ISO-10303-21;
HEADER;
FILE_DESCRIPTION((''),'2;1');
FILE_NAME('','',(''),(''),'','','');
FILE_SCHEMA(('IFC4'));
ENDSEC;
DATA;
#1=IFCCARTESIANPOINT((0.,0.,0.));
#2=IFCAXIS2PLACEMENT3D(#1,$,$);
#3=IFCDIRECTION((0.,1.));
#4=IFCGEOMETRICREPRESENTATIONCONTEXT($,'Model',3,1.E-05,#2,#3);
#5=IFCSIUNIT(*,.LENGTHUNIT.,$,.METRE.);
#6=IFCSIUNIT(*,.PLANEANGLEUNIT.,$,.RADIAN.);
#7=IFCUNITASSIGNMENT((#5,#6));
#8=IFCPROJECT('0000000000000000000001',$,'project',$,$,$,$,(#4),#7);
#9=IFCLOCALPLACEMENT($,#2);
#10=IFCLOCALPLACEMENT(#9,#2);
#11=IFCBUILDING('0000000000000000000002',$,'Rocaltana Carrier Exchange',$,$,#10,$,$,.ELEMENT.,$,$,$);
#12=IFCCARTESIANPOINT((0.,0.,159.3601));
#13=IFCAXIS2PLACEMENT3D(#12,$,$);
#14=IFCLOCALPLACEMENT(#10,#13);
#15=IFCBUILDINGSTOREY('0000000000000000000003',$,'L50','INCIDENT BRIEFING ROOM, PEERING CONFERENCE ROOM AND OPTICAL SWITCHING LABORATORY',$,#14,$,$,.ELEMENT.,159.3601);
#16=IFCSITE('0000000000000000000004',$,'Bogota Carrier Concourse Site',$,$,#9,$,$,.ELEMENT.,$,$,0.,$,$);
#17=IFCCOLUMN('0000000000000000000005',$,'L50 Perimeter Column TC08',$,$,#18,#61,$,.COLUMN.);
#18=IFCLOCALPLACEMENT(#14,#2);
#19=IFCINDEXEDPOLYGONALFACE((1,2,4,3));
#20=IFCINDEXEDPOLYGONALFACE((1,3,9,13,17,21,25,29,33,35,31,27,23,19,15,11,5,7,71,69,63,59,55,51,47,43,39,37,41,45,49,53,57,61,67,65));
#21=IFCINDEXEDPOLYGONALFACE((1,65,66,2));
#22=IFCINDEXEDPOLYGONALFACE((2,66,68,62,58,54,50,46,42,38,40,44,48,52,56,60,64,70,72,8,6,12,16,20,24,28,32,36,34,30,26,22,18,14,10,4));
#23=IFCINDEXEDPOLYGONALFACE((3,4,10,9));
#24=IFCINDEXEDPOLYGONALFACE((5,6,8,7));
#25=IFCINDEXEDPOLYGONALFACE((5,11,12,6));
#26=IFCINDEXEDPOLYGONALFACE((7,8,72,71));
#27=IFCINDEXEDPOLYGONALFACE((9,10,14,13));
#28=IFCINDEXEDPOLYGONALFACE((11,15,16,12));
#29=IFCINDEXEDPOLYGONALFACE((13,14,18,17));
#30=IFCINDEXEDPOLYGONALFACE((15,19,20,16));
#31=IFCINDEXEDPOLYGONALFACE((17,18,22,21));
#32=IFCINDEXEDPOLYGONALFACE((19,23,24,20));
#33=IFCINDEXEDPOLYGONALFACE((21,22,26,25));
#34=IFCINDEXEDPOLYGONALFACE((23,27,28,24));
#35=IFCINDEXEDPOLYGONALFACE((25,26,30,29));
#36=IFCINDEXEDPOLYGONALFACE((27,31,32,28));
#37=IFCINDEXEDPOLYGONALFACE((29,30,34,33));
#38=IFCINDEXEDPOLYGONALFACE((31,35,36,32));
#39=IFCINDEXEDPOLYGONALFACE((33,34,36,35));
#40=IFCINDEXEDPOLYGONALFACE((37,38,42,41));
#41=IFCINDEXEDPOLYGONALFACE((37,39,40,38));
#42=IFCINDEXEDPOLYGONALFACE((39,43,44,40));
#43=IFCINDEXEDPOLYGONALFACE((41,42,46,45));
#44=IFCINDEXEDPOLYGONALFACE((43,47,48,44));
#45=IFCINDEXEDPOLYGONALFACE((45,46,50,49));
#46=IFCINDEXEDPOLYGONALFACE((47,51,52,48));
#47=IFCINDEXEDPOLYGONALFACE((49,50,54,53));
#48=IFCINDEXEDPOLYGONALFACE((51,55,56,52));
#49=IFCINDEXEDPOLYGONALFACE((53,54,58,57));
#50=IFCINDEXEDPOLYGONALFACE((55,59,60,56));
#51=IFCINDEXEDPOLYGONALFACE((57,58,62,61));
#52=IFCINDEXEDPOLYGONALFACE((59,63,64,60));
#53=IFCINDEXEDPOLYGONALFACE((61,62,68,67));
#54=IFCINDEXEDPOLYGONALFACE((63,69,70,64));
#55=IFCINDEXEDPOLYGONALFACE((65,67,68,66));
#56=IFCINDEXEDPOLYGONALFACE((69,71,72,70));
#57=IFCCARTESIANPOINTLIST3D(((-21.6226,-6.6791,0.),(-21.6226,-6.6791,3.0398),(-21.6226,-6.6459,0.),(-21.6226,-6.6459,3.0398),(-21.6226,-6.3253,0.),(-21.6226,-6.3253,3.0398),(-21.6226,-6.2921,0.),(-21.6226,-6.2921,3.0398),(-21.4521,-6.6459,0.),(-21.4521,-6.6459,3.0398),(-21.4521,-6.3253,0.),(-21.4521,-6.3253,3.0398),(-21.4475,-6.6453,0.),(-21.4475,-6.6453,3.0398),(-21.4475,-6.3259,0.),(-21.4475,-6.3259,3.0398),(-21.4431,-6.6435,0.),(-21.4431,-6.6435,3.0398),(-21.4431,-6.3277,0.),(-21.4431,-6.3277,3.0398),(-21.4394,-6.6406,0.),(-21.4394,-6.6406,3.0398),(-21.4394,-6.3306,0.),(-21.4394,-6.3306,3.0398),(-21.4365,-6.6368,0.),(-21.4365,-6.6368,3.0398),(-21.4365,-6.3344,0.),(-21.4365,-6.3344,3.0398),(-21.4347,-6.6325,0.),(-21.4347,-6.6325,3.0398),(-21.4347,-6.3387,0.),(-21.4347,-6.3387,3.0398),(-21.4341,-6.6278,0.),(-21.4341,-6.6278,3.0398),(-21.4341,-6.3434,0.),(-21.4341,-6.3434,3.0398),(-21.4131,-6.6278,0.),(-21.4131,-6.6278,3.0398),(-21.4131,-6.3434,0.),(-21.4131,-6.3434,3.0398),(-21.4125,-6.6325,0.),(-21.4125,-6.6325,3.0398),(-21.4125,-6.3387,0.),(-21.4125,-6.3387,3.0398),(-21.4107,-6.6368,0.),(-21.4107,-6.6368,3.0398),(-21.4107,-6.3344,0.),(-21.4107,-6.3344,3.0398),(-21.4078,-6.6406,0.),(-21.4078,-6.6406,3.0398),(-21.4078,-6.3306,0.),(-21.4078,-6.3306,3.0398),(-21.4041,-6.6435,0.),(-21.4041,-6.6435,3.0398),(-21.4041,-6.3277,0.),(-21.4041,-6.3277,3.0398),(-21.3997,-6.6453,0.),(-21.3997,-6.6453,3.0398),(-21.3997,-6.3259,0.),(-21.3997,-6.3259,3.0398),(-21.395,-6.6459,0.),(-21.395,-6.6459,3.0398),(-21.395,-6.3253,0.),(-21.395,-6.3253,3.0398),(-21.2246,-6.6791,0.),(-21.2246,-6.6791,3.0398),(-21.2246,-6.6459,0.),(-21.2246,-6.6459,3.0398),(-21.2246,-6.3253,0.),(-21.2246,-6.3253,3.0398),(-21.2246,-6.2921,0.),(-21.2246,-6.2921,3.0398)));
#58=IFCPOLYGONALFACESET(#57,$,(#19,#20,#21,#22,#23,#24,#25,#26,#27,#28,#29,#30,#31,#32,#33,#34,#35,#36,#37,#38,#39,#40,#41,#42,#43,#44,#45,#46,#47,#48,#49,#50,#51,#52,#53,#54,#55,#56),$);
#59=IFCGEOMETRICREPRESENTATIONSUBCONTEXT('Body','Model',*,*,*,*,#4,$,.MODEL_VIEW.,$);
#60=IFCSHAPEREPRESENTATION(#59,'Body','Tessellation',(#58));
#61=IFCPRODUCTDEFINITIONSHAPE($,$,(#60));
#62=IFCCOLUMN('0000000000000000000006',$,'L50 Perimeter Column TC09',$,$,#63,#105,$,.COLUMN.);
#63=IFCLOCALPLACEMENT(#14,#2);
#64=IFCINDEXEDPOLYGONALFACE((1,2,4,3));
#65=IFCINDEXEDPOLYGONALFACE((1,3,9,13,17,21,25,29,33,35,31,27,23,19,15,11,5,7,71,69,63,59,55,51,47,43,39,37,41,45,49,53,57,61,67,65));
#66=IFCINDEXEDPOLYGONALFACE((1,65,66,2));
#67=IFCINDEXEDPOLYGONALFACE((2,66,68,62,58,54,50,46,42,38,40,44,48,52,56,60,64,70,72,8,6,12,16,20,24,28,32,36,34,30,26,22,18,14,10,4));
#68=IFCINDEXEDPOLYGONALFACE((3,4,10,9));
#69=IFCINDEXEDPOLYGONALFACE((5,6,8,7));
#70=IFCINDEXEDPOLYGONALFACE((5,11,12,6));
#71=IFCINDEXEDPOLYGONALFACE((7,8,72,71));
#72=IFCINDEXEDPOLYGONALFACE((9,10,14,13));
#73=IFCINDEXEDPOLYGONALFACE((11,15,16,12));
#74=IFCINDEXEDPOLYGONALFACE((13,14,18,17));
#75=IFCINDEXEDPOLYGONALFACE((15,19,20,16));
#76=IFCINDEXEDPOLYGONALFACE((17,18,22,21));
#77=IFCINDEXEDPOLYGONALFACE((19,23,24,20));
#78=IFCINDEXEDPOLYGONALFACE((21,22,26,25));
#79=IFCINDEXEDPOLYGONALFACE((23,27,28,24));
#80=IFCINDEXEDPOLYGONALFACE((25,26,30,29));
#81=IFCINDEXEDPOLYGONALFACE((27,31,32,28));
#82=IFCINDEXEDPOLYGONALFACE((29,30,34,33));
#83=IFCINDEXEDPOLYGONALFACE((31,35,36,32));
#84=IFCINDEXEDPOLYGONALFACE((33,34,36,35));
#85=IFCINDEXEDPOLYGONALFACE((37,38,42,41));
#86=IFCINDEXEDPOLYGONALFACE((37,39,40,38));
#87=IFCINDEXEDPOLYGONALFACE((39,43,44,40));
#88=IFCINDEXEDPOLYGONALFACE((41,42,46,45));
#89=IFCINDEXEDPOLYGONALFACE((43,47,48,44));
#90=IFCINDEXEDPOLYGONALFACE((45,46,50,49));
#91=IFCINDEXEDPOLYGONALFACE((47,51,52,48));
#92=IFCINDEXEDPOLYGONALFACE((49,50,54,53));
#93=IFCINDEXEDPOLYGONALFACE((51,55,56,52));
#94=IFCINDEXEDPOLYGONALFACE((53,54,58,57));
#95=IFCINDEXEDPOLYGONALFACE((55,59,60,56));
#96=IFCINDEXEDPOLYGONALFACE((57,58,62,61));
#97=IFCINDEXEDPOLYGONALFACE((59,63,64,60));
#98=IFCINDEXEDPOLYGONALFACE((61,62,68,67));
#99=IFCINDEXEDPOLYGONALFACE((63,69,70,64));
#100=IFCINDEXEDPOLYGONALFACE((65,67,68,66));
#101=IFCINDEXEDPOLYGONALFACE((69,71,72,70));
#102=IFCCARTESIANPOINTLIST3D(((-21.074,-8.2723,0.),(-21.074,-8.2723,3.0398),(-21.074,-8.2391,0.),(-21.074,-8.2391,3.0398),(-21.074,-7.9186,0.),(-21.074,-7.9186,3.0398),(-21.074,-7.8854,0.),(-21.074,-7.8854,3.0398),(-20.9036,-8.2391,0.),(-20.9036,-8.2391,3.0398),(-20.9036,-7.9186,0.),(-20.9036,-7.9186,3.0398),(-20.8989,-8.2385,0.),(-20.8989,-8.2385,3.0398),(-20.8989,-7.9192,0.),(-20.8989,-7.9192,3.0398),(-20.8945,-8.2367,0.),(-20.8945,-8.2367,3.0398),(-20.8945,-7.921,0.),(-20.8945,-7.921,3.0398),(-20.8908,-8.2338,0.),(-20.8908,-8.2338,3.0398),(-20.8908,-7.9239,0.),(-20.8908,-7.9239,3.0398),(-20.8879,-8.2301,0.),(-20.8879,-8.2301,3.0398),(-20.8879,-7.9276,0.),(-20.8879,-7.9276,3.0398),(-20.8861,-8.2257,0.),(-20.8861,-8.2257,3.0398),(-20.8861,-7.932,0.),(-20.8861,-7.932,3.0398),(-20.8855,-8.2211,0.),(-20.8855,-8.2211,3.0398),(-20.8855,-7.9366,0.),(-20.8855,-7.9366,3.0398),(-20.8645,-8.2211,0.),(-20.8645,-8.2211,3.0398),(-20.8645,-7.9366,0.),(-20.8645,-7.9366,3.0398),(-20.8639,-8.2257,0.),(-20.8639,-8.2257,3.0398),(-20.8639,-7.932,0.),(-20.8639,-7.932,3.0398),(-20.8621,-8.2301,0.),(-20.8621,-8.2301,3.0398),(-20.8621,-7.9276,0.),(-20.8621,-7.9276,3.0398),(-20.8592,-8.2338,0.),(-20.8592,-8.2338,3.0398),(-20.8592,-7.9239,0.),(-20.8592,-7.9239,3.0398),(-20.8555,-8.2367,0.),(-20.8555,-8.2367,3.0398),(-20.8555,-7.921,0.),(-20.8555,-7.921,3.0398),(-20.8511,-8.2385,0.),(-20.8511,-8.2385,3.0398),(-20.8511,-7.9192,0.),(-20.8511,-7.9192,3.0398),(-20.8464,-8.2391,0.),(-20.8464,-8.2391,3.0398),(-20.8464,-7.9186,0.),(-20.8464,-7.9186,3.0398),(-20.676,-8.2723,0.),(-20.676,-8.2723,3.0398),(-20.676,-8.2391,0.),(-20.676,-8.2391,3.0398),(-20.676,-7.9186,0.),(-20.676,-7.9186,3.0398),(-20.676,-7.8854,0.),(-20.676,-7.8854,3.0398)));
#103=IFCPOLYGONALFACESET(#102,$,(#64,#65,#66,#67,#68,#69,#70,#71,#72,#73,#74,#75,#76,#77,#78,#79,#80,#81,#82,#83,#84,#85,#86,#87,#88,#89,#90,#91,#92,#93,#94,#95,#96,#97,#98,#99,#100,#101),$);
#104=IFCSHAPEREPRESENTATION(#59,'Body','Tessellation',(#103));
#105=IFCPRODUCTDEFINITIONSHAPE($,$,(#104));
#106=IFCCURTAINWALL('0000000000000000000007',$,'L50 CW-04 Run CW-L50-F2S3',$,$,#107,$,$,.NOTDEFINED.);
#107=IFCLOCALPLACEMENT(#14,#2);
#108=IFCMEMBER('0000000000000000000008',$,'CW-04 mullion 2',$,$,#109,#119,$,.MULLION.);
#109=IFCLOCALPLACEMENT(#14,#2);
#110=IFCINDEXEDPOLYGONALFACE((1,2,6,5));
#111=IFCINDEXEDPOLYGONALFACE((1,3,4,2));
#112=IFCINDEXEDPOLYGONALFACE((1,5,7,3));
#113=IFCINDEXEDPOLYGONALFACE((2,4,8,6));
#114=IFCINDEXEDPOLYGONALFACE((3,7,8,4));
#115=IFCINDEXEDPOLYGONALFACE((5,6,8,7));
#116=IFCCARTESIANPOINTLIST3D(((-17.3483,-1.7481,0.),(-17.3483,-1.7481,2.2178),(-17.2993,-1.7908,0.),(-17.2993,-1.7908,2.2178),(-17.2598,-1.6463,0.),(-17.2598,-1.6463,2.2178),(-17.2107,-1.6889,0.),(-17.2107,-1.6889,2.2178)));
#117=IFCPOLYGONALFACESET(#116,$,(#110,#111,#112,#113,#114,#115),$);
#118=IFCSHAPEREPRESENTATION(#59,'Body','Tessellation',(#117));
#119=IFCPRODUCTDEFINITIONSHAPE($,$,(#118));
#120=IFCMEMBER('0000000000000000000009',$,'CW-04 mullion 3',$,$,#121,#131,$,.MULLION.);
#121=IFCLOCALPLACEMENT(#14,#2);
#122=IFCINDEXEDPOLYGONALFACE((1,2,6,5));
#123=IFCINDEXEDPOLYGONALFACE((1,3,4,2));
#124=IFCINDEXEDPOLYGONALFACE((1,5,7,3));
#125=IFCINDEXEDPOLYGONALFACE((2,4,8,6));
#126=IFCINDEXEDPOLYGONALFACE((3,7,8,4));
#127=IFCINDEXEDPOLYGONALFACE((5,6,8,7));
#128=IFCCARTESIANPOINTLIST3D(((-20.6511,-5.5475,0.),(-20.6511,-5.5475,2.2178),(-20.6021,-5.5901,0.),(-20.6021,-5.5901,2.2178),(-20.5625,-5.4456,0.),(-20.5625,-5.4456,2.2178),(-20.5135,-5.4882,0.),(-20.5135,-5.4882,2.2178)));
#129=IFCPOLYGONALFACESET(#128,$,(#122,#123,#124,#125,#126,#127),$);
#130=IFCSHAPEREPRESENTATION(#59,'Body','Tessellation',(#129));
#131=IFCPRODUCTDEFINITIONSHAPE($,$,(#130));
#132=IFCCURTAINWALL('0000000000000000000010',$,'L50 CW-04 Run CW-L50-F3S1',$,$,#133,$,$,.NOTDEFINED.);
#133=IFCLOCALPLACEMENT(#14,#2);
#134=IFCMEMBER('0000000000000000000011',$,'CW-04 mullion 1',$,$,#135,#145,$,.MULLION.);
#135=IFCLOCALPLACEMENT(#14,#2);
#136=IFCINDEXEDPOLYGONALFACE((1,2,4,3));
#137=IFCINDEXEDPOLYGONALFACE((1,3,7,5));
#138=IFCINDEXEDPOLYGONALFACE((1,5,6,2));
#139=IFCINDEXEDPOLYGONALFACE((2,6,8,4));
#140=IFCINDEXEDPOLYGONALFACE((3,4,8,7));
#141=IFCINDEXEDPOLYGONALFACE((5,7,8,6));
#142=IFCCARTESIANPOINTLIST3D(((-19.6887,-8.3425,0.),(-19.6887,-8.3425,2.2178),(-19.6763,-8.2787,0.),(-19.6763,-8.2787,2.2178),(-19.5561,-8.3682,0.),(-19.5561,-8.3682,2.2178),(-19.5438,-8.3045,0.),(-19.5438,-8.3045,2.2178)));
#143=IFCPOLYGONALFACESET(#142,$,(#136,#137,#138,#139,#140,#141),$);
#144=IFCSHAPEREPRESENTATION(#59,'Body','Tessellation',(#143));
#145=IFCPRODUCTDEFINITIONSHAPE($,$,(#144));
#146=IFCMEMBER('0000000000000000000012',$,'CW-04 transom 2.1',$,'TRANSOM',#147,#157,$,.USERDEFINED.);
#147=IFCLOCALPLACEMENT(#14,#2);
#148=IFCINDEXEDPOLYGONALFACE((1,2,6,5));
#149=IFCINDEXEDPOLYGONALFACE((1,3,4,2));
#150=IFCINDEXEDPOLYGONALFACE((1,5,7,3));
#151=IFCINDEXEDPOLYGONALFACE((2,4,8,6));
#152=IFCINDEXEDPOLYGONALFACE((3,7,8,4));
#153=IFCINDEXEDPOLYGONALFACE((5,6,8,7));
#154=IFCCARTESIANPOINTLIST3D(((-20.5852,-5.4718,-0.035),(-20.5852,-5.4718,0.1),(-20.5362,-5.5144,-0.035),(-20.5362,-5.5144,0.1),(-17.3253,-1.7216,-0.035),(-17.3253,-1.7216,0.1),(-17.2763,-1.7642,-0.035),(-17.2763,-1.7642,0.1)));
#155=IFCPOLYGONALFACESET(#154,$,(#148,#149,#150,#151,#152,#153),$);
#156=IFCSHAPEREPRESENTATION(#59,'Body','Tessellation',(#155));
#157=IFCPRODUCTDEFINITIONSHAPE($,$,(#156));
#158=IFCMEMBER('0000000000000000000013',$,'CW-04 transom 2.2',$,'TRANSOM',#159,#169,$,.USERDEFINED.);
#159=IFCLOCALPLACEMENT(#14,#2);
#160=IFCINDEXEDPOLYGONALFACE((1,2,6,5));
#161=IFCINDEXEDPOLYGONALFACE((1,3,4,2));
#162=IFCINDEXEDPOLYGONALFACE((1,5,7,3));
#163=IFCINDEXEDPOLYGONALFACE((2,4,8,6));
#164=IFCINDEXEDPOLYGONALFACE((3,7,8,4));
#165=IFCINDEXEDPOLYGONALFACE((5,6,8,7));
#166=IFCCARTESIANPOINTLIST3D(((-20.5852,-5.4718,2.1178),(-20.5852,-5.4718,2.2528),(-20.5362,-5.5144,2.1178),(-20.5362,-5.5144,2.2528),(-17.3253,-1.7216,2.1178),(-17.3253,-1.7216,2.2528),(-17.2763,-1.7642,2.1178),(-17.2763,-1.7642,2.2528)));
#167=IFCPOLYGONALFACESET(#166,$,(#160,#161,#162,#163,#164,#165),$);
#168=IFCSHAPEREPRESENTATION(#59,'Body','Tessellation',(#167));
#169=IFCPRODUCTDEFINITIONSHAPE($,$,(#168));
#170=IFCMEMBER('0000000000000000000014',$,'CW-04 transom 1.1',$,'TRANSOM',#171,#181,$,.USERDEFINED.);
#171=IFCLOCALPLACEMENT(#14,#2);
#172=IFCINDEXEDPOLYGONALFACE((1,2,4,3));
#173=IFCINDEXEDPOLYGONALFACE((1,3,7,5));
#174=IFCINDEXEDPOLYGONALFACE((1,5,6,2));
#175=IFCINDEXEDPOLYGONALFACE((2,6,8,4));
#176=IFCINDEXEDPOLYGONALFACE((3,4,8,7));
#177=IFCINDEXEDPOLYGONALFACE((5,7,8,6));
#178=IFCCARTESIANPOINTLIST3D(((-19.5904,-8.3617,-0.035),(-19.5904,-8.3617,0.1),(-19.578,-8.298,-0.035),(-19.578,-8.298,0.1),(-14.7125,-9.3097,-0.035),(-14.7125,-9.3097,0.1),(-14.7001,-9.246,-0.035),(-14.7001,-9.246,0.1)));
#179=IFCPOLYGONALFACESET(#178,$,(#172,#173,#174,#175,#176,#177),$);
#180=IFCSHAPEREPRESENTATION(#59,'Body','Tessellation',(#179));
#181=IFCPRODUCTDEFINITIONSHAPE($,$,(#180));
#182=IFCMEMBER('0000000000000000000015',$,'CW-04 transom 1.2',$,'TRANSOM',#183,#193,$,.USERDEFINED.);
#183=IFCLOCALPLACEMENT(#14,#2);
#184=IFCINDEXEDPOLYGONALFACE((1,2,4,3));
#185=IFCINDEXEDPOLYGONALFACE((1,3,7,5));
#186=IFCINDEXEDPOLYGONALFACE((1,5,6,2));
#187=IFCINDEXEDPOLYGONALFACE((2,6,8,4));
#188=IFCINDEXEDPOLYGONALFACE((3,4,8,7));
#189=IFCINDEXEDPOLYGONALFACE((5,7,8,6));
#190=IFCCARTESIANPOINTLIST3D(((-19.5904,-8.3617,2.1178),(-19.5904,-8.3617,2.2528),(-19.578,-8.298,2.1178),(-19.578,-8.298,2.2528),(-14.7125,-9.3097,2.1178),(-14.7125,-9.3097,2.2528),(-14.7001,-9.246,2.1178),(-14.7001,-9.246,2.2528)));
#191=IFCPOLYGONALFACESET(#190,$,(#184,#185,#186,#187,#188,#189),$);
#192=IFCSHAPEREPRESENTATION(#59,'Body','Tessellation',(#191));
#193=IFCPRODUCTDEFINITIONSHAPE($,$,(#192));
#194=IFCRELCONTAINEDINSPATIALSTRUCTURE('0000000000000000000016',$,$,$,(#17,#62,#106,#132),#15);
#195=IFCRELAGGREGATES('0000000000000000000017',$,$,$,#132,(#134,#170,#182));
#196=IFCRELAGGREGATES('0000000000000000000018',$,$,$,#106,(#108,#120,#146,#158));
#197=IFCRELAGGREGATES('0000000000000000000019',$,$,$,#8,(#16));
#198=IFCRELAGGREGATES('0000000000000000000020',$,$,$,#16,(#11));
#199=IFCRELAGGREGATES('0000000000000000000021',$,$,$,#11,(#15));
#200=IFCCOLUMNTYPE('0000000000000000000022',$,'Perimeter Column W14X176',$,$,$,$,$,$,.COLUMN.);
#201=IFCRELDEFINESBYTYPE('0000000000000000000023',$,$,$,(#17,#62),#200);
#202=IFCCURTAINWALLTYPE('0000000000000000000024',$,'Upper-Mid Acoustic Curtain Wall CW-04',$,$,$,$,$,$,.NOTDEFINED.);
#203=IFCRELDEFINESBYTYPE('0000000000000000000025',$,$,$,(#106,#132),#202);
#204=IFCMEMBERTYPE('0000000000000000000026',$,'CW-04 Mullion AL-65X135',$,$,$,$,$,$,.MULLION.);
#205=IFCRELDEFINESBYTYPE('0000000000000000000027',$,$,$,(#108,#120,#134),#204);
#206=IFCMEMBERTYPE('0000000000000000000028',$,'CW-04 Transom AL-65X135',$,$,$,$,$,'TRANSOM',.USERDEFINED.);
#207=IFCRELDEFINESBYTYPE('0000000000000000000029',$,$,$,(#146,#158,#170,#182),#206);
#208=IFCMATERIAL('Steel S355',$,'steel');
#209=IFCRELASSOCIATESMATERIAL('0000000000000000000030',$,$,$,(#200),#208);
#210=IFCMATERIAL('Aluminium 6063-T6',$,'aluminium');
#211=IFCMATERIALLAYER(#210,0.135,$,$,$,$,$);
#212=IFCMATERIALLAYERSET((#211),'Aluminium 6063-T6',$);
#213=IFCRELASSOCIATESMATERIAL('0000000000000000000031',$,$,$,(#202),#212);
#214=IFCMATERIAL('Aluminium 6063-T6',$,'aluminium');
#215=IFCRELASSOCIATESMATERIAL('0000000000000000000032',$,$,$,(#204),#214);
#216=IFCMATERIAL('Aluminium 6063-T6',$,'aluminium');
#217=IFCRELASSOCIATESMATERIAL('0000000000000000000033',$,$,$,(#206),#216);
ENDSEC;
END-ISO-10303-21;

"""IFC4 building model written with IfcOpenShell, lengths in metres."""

from ifc_helpers import new_model, si_unit, direction, frame, origin, origin_2d, place, context, subcontext, project, spatial, rectangle, i_section, extrude, material, layer, layer_set, material_profile, profile_set, type_object, element, aggregate, save


model = new_model("IFC4")

# Units and contexts
model_context = context("Model", 3, precision=1e-05, world=origin(), true_north=direction((0.0, 1.0)))
body_context = subcontext(model_context, "Body", "Model", "MODEL_VIEW")
ifc_project = project(units=[si_unit("LENGTHUNIT", "METRE"), si_unit("PLANEANGLEUNIT", "RADIAN")], contexts=[model_context])

# Site, building, storey
site_placement = place(None, origin())
site = spatial("IfcSite", under=ifc_project, at=site_placement, Name="Bogota Carrier Concourse Site", CompositionType="ELEMENT", RefElevation=0.0)
building_placement = place(site_placement, origin())
building = spatial("IfcBuilding", under=site, at=building_placement, Name="Rocaltana Carrier Exchange", CompositionType="ELEMENT")
storey_placement = place(building_placement, frame((0.0, 0.0, 159.3601)))
storey = spatial("IfcBuildingStorey", under=building, at=storey_placement, Name="L50", Description="INCIDENT BRIEFING ROOM, PEERING CONFERENCE ROOM AND OPTICAL SWITCHING LABORATORY", CompositionType="ELEMENT", Elevation=159.3601)

# Columns
ifc_material_1 = material(Name="Steel S355", Category="steel")
ifc_material_profile_1 = material_profile(ifc_material_1, i_section(OverallWidth=0.3979, OverallDepth=0.387, WebThickness=0.021, FlangeThickness=0.0332, FilletRadius=0.0181, at=origin_2d()), Name="W14X176")
ifc_profile_set_1 = profile_set([ifc_material_profile_1], Name="Steel S355")
column_type = type_object("IfcColumnType", Name="Perimeter Column W14X176", PredefinedType="COLUMN", material=ifc_profile_set_1)
for number, where, z_axis, x_axis, name in (
    (1, (-21.4236, -6.4856, 0.0), (0.0, 0.0, 1.0), (1.0, 0.0, 0.0), "L50 Perimeter Column TC08"),
    (2, (-20.875, -8.0789, 0.0), (0.0, 0.0, 1.0), (1.0, 0.0, 0.0), "L50 Perimeter Column TC09"),
):
    element("IfcColumn", number, at=place(storey_placement, frame(where, z_axis=z_axis, x_axis=x_axis)), inside=storey, type_object=column_type, Name=name, PredefinedType="COLUMN", context=body_context, shape_type="SweptSolid", body=[
        extrude(i_section(OverallWidth=0.3979, OverallDepth=0.387, WebThickness=0.021, FlangeThickness=0.0332, FilletRadius=0.0181, at=origin_2d()), origin(), (0.0, 0.0, 1.0), 3.0398),
    ])

# Curtain wall, members
ifc_material_2 = material(Name="Aluminium 6063-T6", Category="aluminium")
ifc_layer_1 = layer(ifc_material_2, 0.135)
ifc_layer_set_1 = layer_set([ifc_layer_1], Name="Aluminium 6063-T6")
curtain_wall_type = type_object("IfcCurtainWallType", Name="Upper-Mid Acoustic Curtain Wall CW-04", PredefinedType="NOTDEFINED", material=ifc_layer_set_1)
curtain_wall_1_placement = place(storey_placement, origin())
curtain_wall_1 = element("IfcCurtainWall", 3, at=curtain_wall_1_placement, inside=storey, type_object=curtain_wall_type, Name="L50 CW-04 Run CW-L50-F2S3", PredefinedType="NOTDEFINED")
ifc_material_3 = material(Name="Aluminium 6063-T6", Category="aluminium")
ifc_material_profile_2 = material_profile(ifc_material_3, rectangle(XDim=0.0649, YDim=0.135, at=origin_2d()), Name="AL-65X135")
ifc_profile_set_2 = profile_set([ifc_material_profile_2], Name="Aluminium 6063-T6")
member_type_1 = type_object("IfcMemberType", Name="CW-04 Mullion AL-65X135", PredefinedType="MULLION", material=ifc_profile_set_2)
member_1_placement = place(storey_placement, frame((-17.2795, -1.7185, 0.0), z_axis=(0.0, 0.0, 1.0), x_axis=(0.754712, -0.656057, 0.0)))
member_1 = element("IfcMember", 4, at=member_1_placement, type_object=member_type_1, Name="CW-04 mullion 2", PredefinedType="MULLION", context=body_context, shape_type="SweptSolid", body=[
    extrude(rectangle(XDim=0.0649, YDim=0.135, at=origin_2d()), origin(), (0.0, 0.0, 1.0), 2.2178),
])
member_2_placement = place(storey_placement, frame((-20.5823, -5.5178, 0.0), z_axis=(0.0, 0.0, 1.0), x_axis=(0.754712, -0.656057, 0.0)))
member_2 = element("IfcMember", 5, at=member_2_placement, type_object=member_type_1, Name="CW-04 mullion 3", PredefinedType="MULLION", context=body_context, shape_type="SweptSolid", body=[
    extrude(rectangle(XDim=0.0649, YDim=0.135, at=origin_2d()), origin(), (0.0, 0.0, 1.0), 2.2178),
])

# Curtain wall, member
curtain_wall_2_placement = place(storey_placement, origin())
curtain_wall_2 = element("IfcCurtainWall", 6, at=curtain_wall_2_placement, inside=storey, type_object=curtain_wall_type, Name="L50 CW-04 Run CW-L50-F3S1", PredefinedType="NOTDEFINED")
member_3_placement = place(storey_placement, frame((-19.6162, -8.3235, 0.0), z_axis=(0.0, 0.0, 1.0), x_axis=(0.190803, 0.981628, 0.0)))
member_3 = element("IfcMember", 7, at=member_3_placement, type_object=member_type_1, Name="CW-04 mullion 1", PredefinedType="MULLION", context=body_context, shape_type="SweptSolid", body=[
    extrude(rectangle(XDim=0.0649, YDim=0.135, at=origin_2d()), origin(), (0.0, 0.0, 1.0), 2.2178),
])

# Members
ifc_material_4 = material(Name="Aluminium 6063-T6", Category="aluminium")
ifc_material_profile_3 = material_profile(ifc_material_4, rectangle(XDim=0.0649, YDim=0.135, at=origin_2d()), Name="AL-65X135")
ifc_profile_set_3 = profile_set([ifc_material_profile_3], Name="Aluminium 6063-T6")
member_type_2 = type_object("IfcMemberType", Name="CW-04 Transom AL-65X135", ElementType="TRANSOM", PredefinedType="USERDEFINED", material=ifc_profile_set_3)
member_4_placement = place(storey_placement, frame((-17.3008, -1.7429, 0.0325), z_axis=(-0.656056, -0.754712, 0.0), x_axis=(0.754712, -0.656056, 0.0)))
member_4 = element("IfcMember", 8, at=member_4_placement, type_object=member_type_2, Name="CW-04 transom 2.1", ObjectType="TRANSOM", PredefinedType="USERDEFINED", context=body_context, shape_type="SweptSolid", body=[
    extrude(rectangle(XDim=0.0649, YDim=0.135, at=origin_2d()), origin(), (0.0, 0.0, 1.0), 4.969),
])
member_5_placement = place(storey_placement, frame((-17.3008, -1.7429, 2.1853), z_axis=(-0.656056, -0.754712, 0.0), x_axis=(0.754712, -0.656056, 0.0)))
member_5 = element("IfcMember", 9, at=member_5_placement, type_object=member_type_2, Name="CW-04 transom 2.2", ObjectType="TRANSOM", PredefinedType="USERDEFINED", context=body_context, shape_type="SweptSolid", body=[
    extrude(rectangle(XDim=0.0649, YDim=0.135, at=origin_2d()), origin(), (0.0, 0.0, 1.0), 4.969),
])
member_6_placement = place(storey_placement, frame((-19.5842, -8.3298, 0.0325), z_axis=(0.981634, -0.190775, 0.0), x_axis=(0.190775, 0.981634, 0.0)))
member_6 = element("IfcMember", 10, at=member_6_placement, type_object=member_type_2, Name="CW-04 transom 1.1", ObjectType="TRANSOM", PredefinedType="USERDEFINED", context=body_context, shape_type="SweptSolid", body=[
    extrude(rectangle(XDim=0.0649, YDim=0.135, at=origin_2d()), origin(), (0.0, 0.0, 1.0), 4.9692),
])
member_7_placement = place(storey_placement, frame((-19.5842, -8.3298, 2.1853), z_axis=(0.981634, -0.190775, 0.0), x_axis=(0.190775, 0.981634, 0.0)))
member_7 = element("IfcMember", 11, at=member_7_placement, type_object=member_type_2, Name="CW-04 transom 1.2", ObjectType="TRANSOM", PredefinedType="USERDEFINED", context=body_context, shape_type="SweptSolid", body=[
    extrude(rectangle(XDim=0.0649, YDim=0.135, at=origin_2d()), origin(), (0.0, 0.0, 1.0), 4.9692),
])
aggregate(curtain_wall_2, [member_3, member_6, member_7])

aggregate(curtain_wall_1, [member_1, member_2, member_4, member_5])

save(model, "model.ifc")
